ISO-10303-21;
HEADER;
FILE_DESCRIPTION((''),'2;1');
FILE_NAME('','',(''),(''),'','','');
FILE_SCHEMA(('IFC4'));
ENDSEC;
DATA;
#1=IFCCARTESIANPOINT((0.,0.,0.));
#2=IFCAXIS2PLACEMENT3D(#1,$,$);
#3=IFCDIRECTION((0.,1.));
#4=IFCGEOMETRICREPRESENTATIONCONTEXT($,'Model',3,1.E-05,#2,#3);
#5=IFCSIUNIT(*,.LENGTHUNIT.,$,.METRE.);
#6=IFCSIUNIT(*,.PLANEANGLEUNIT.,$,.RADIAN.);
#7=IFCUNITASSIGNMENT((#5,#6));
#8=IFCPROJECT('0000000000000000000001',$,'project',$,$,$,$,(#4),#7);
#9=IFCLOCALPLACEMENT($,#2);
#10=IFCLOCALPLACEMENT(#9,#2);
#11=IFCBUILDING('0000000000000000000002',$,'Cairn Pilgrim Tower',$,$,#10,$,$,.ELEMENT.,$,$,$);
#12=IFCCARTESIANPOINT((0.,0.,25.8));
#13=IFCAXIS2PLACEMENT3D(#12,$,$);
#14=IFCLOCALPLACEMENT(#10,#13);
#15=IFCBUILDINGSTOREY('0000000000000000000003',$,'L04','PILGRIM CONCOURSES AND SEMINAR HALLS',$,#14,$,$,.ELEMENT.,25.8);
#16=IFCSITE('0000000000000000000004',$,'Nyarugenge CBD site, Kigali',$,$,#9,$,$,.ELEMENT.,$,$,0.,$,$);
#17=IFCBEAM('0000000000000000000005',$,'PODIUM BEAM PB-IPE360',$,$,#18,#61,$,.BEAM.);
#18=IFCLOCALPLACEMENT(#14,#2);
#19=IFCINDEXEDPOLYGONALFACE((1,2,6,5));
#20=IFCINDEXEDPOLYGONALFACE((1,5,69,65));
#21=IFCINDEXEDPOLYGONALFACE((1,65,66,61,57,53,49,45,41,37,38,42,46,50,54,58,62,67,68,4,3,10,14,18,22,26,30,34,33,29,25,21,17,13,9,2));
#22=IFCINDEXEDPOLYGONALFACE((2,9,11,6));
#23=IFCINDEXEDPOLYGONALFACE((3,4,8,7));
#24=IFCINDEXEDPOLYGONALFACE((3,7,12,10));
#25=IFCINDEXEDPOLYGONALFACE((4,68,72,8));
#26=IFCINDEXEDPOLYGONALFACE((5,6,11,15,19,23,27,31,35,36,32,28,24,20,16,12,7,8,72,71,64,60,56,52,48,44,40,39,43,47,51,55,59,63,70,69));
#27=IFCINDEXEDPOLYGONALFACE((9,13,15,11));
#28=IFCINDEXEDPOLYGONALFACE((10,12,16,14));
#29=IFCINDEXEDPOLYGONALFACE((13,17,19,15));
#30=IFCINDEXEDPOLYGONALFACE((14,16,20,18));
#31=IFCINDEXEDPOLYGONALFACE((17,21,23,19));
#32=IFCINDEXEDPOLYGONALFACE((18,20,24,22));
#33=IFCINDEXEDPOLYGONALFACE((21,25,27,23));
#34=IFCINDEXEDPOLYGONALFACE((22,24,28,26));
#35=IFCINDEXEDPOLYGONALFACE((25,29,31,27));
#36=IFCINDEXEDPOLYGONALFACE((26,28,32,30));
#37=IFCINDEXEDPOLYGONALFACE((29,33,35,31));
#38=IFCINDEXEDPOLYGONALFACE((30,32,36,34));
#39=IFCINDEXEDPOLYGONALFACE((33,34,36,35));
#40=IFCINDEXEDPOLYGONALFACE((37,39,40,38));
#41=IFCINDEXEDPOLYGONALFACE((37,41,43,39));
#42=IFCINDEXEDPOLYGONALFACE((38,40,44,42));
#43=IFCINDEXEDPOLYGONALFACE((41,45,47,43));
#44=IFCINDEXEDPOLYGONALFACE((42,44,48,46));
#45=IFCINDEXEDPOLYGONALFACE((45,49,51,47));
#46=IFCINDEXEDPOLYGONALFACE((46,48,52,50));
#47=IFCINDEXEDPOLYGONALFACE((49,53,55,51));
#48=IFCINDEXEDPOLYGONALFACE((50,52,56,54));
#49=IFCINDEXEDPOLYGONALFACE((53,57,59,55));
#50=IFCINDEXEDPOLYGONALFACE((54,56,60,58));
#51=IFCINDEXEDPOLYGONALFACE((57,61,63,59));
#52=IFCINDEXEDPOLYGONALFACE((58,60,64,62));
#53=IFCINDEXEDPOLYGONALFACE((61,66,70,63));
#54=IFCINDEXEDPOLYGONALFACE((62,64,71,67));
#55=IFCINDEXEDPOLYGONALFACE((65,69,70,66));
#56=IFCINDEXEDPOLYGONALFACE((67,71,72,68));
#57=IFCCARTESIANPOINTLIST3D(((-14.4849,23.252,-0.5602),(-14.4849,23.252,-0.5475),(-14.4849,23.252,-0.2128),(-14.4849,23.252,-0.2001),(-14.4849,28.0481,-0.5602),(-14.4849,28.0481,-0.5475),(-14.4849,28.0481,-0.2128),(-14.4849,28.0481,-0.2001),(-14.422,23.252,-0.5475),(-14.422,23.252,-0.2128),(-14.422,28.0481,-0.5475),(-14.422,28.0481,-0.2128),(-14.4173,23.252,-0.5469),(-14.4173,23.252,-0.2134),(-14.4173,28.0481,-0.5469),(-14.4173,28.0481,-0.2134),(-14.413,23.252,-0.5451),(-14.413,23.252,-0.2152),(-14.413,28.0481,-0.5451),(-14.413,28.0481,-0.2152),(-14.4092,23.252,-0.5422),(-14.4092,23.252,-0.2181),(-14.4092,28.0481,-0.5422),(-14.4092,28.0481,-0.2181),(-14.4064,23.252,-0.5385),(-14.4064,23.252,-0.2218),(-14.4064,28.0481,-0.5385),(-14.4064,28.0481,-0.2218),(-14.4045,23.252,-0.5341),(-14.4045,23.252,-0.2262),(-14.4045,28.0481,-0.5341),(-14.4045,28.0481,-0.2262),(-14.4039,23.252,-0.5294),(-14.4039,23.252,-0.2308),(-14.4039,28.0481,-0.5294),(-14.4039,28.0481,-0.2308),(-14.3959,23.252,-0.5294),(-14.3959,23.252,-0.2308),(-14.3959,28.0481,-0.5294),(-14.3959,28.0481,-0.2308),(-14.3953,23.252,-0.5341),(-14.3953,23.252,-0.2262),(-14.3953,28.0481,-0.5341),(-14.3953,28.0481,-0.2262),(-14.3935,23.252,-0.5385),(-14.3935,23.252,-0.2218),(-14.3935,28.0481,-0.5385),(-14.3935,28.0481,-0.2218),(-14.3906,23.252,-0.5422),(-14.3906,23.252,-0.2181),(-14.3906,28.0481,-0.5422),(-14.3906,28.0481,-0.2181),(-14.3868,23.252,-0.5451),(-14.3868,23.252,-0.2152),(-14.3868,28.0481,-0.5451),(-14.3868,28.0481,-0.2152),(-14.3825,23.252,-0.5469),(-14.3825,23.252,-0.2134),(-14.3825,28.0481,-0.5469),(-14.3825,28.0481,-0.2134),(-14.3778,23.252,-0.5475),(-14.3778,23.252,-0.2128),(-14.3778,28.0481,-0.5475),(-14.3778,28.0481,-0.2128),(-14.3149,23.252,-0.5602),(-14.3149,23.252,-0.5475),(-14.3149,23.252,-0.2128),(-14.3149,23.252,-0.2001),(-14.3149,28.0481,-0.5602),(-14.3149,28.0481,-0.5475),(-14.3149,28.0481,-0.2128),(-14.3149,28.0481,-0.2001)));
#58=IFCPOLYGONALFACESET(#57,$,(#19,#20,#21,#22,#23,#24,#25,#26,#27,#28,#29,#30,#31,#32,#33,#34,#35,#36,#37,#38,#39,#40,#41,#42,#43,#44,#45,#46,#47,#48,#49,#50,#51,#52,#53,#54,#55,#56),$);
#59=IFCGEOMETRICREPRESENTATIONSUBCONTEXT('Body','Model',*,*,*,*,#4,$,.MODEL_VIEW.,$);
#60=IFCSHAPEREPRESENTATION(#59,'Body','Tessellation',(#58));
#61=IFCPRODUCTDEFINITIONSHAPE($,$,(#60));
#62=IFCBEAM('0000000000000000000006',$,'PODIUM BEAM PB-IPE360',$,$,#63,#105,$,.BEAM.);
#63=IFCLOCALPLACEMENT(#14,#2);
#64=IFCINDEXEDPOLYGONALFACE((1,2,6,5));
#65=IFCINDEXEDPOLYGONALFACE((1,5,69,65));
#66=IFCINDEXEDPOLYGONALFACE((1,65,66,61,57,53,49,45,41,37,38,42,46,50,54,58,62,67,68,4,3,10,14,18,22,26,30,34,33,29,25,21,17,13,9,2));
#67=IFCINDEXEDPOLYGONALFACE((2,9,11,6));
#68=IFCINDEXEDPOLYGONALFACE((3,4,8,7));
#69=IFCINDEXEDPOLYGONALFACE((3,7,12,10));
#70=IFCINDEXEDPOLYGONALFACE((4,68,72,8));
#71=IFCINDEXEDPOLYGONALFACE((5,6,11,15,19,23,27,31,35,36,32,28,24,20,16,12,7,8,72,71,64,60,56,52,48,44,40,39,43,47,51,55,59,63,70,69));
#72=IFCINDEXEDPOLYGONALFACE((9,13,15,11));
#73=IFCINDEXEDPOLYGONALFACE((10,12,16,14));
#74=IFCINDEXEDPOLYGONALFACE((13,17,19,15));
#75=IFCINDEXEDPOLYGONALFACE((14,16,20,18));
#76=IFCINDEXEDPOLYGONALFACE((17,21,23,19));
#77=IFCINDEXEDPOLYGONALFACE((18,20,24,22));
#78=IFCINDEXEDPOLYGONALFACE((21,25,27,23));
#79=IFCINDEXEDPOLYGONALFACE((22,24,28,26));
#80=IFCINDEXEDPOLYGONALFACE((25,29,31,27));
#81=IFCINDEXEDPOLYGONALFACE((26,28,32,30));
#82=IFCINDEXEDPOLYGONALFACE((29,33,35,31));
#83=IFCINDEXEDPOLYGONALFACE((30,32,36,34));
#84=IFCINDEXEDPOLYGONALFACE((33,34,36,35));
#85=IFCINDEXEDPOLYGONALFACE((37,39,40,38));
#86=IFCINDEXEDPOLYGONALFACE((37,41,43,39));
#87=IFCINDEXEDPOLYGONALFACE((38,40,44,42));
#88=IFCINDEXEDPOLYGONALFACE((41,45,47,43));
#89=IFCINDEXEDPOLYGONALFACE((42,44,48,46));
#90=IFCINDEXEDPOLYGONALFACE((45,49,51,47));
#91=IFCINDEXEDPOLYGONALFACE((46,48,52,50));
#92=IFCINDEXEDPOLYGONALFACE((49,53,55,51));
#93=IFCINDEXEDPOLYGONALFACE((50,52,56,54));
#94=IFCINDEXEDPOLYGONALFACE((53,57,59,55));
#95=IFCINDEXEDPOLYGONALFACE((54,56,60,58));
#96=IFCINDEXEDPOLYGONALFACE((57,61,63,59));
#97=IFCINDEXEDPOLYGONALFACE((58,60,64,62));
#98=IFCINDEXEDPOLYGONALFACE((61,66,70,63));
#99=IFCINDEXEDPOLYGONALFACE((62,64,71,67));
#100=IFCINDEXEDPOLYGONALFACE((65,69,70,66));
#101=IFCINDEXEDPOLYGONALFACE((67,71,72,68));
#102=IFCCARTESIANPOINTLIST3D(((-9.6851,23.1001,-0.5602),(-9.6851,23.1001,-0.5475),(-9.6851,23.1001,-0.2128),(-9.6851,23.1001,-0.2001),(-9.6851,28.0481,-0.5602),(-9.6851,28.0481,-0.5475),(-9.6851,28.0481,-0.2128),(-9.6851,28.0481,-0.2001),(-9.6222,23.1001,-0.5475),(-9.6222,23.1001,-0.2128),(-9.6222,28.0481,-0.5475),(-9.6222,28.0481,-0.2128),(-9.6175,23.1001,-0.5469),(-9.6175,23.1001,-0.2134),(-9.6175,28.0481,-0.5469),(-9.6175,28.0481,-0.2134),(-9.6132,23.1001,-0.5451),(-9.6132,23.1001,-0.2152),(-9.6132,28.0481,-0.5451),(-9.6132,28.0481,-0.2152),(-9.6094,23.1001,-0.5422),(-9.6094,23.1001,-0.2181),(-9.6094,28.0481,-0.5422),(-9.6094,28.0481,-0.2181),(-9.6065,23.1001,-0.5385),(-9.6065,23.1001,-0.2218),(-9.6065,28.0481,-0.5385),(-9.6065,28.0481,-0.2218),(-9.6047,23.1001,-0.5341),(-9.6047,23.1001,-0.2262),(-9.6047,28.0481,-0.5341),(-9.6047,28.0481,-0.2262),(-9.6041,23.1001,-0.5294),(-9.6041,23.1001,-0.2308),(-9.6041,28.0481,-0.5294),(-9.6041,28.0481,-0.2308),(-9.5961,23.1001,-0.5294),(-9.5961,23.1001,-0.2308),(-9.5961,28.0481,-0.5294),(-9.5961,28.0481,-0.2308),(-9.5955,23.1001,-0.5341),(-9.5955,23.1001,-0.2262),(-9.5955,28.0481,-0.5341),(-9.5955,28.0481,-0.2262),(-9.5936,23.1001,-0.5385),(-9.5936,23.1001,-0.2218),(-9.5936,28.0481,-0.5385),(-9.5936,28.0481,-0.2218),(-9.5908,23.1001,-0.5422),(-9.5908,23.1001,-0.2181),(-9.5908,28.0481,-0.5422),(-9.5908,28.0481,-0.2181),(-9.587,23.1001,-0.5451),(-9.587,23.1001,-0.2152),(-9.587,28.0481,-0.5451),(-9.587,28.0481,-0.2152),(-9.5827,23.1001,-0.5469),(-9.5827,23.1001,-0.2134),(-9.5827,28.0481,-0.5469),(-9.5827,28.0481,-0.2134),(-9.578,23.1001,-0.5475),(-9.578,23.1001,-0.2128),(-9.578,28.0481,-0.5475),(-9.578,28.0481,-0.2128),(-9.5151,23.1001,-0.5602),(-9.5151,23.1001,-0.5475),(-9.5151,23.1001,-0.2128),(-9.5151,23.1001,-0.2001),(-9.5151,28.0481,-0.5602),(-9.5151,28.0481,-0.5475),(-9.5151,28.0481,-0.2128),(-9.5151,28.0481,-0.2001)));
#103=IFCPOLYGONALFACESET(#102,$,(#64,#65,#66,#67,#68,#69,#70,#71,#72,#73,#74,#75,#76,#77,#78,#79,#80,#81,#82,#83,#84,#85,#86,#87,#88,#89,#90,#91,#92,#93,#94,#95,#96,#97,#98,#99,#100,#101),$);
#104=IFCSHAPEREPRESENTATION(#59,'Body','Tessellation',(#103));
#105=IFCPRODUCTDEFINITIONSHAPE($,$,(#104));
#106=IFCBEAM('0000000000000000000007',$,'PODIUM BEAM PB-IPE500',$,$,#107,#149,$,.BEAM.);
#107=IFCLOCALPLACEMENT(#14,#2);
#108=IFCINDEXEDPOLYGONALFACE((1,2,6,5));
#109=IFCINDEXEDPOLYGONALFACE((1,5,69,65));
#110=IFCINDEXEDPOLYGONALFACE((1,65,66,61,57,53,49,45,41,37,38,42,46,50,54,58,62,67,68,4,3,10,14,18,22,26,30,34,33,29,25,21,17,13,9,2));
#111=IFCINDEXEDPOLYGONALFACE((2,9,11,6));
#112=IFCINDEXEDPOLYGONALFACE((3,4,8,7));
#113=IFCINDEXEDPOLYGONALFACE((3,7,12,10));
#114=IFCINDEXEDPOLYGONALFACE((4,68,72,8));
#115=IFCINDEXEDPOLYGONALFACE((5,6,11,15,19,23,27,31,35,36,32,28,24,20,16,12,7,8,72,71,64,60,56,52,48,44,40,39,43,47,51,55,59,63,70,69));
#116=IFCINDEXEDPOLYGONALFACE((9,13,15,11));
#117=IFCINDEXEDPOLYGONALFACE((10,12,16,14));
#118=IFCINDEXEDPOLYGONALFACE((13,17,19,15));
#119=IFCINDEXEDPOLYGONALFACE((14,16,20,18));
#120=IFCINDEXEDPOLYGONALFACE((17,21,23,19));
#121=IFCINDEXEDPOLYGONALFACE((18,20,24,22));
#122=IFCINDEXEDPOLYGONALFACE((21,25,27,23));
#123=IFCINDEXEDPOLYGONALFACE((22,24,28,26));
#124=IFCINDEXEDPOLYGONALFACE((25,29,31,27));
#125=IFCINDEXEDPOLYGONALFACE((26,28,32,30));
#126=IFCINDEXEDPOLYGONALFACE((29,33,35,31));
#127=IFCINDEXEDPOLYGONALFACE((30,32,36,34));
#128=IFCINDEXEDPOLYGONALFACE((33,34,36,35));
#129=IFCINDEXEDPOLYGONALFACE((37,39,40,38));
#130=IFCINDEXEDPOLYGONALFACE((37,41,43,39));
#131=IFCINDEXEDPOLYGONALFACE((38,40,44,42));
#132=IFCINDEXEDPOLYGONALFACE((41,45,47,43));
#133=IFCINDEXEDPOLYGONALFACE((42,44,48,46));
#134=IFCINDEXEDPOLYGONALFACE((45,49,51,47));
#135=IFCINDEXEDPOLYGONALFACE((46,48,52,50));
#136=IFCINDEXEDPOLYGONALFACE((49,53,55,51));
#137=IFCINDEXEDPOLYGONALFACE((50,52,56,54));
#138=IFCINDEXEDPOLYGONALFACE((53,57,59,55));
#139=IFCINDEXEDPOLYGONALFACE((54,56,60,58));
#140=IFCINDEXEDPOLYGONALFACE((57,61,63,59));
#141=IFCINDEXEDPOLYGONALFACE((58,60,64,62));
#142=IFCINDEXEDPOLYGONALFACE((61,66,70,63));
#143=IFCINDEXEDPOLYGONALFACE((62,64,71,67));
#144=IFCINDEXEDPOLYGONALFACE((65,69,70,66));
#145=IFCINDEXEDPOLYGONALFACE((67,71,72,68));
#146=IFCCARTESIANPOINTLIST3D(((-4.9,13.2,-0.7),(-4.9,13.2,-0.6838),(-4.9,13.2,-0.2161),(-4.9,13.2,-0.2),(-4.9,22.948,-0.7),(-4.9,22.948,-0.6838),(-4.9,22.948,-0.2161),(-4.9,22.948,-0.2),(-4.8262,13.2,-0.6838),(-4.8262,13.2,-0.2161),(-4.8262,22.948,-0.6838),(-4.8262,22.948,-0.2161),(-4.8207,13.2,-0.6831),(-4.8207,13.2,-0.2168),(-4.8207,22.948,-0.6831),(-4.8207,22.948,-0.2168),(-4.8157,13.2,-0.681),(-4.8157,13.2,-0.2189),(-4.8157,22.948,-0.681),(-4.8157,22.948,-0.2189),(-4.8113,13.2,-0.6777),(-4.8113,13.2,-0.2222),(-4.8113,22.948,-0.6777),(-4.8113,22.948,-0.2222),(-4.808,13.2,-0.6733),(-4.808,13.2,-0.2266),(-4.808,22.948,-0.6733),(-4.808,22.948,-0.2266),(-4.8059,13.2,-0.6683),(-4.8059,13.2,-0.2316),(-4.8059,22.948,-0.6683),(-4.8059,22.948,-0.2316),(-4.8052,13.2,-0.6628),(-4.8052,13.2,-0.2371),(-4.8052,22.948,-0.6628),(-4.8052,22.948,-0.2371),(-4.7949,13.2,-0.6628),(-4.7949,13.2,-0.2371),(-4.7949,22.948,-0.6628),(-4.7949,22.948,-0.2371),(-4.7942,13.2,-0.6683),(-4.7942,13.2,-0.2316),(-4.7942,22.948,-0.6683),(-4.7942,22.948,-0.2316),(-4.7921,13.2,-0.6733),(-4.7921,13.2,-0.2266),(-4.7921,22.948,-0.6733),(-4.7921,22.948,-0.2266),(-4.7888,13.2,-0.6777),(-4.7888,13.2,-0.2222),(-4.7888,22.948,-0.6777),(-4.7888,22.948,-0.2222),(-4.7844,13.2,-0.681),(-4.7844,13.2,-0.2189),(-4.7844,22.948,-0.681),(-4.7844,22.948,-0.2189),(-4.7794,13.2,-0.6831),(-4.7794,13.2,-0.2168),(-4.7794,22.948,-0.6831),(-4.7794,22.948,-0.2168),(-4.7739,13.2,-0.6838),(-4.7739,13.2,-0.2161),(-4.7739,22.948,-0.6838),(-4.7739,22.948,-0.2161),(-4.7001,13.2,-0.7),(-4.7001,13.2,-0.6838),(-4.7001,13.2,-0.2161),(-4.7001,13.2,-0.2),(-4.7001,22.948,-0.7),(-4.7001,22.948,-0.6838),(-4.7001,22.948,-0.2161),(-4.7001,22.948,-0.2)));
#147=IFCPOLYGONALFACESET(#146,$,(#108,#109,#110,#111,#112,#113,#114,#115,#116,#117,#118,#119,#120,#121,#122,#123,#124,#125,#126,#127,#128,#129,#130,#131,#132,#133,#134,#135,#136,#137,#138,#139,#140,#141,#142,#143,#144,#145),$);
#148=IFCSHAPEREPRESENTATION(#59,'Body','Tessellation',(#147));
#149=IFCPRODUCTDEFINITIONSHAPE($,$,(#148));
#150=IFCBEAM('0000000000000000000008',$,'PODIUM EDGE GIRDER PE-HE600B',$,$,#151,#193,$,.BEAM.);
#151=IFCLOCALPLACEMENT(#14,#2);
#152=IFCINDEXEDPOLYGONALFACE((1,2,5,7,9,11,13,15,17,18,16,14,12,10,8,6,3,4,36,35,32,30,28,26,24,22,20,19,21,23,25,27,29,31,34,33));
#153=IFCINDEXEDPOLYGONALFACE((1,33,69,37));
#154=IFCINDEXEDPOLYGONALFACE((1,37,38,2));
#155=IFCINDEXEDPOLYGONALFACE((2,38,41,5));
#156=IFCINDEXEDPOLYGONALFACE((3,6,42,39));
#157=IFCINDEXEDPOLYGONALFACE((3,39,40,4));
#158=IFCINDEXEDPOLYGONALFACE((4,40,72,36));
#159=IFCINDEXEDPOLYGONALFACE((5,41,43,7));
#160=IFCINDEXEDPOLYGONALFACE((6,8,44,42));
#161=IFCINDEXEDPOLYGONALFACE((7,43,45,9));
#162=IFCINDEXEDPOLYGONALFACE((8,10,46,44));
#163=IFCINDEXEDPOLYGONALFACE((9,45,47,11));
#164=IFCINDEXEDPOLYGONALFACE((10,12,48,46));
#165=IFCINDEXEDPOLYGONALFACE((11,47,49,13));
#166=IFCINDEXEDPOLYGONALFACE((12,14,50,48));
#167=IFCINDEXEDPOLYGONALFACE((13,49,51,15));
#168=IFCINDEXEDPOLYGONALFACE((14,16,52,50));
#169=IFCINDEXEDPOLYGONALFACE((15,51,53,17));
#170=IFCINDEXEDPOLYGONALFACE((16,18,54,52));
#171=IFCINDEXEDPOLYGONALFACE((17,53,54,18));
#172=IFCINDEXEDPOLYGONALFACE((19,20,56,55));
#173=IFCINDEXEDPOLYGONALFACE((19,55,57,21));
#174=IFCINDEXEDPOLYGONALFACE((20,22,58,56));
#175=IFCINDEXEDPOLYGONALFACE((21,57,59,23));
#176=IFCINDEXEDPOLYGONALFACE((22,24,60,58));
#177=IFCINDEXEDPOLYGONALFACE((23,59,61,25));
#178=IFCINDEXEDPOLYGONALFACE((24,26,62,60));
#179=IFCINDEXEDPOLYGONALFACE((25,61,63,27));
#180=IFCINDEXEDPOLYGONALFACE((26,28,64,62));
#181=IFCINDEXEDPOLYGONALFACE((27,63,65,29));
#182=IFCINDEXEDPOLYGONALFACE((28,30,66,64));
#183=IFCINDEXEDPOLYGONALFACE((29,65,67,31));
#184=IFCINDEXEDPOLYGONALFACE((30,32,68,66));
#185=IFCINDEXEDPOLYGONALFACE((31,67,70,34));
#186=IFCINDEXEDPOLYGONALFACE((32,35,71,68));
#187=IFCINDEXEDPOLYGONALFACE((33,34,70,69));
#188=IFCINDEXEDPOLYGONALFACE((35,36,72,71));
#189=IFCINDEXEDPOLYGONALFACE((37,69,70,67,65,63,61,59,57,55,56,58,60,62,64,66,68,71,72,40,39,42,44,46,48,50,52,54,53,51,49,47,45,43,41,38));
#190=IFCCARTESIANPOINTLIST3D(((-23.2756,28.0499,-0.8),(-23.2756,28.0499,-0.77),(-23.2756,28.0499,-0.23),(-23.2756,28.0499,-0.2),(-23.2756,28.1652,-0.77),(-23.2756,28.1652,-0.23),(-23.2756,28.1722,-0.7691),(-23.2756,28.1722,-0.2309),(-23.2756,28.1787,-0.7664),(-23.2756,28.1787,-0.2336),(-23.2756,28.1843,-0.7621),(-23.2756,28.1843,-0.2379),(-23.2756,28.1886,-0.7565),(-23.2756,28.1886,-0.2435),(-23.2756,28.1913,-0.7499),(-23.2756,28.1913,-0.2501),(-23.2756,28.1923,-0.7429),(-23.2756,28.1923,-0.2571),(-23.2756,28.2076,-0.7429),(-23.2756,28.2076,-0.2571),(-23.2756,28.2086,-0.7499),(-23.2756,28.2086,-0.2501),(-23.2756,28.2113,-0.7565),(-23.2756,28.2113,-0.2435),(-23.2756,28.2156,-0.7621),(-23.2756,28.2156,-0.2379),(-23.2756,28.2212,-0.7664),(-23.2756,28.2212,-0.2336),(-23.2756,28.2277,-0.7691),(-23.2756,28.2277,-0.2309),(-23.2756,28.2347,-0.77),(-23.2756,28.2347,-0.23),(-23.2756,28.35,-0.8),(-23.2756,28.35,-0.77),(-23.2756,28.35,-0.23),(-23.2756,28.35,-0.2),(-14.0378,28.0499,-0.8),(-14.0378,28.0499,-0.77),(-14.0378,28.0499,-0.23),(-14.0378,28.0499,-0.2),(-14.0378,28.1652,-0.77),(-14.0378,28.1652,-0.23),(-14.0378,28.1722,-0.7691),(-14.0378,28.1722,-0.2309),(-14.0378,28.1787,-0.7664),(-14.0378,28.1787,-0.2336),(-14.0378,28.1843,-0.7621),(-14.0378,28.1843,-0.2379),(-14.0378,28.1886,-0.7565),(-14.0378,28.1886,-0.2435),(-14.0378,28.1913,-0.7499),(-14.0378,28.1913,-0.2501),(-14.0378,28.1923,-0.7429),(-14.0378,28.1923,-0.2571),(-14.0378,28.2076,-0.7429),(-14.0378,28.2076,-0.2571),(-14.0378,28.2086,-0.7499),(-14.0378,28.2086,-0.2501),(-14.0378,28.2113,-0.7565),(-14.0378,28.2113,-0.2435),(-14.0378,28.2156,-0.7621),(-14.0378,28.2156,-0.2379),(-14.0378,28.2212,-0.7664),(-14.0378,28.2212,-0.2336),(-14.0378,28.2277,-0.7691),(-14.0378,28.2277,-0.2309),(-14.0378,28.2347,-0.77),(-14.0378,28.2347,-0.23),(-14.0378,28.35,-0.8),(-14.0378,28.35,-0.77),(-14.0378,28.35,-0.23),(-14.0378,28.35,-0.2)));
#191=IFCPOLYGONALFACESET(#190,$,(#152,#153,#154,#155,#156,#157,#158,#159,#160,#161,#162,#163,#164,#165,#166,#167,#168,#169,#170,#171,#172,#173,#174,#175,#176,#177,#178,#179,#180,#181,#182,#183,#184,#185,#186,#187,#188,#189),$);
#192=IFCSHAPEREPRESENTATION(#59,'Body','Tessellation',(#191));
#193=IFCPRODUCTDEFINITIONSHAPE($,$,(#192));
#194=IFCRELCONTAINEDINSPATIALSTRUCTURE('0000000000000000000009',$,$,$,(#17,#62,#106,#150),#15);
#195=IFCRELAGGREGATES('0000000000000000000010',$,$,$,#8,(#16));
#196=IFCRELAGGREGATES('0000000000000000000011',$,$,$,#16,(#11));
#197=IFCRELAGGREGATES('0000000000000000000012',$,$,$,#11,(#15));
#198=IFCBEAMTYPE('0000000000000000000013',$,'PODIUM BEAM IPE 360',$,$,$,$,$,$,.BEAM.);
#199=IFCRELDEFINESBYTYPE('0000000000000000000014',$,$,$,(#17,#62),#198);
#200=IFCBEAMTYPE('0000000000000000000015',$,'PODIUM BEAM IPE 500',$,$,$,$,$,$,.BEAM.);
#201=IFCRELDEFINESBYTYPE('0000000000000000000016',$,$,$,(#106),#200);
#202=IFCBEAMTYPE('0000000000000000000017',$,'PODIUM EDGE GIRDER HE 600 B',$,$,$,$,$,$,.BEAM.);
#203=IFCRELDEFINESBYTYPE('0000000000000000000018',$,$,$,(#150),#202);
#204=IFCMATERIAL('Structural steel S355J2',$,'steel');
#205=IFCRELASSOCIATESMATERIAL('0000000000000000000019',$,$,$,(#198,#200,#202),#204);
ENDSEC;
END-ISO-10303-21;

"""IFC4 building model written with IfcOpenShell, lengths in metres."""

from ifc_helpers import new_model, si_unit, direction, frame, origin, origin_2d, place, context, subcontext, project, spatial, i_section, extrude, material, material_profile, profile_set, type_object, element, save


model = new_model("IFC4")

# Units and contexts
model_context = context("Model", 3, precision=1e-05, world=origin(), true_north=direction((0.0, 1.0)))
body_context = subcontext(model_context, "Body", "Model", "MODEL_VIEW")
ifc_project = project(units=[si_unit("LENGTHUNIT", "METRE"), si_unit("PLANEANGLEUNIT", "RADIAN")], contexts=[model_context])

# Site, building, storey
site_placement = place(None, origin())
site = spatial("IfcSite", under=ifc_project, at=site_placement, Name="Nyarugenge CBD site, Kigali", CompositionType="ELEMENT", RefElevation=0.0)
building_placement = place(site_placement, origin())
building = spatial("IfcBuilding", under=site, at=building_placement, Name="Cairn Pilgrim Tower", CompositionType="ELEMENT")
storey_placement = place(building_placement, frame((0.0, 0.0, 25.8)))
storey = spatial("IfcBuildingStorey", under=building, at=storey_placement, Name="L04", Description="PILGRIM CONCOURSES AND SEMINAR HALLS", CompositionType="ELEMENT", Elevation=25.8)

# Beams
ifc_material_1 = material(Name="Structural steel S355J2", Category="steel")
ifc_material_profile_1 = material_profile(ifc_material_1, i_section(OverallWidth=0.1699, OverallDepth=0.3601, WebThickness=0.0081, FlangeThickness=0.0127, FilletRadius=0.0181, at=origin_2d()), Name="IPE 360")
ifc_profile_set_1 = profile_set([ifc_material_profile_1], Name="Structural steel S355J2")
beam_type_1 = type_object("IfcBeamType", Name="PODIUM BEAM IPE 360", PredefinedType="BEAM", material=ifc_profile_set_1)
beam_1_placement = place(storey_placement, frame((-14.3999, 23.252, -0.3801), z_axis=(0.0, 1.0, 0.0), x_axis=(-1.0, 0.0, 0.0)))
element("IfcBeam", 1, at=beam_1_placement, inside=storey, type_object=beam_type_1, Name="PODIUM BEAM PB-IPE360", PredefinedType="BEAM", context=body_context, shape_type="SweptSolid", body=[
    extrude(i_section(OverallWidth=0.1699, OverallDepth=0.3601, WebThickness=0.0081, FlangeThickness=0.0127, FilletRadius=0.0181, at=origin_2d()), origin(), (0.0, 0.0, 1.0), 4.7961),
])
beam_2_placement = place(storey_placement, frame((-9.6001, 23.1001, -0.3801), z_axis=(0.0, 1.0, 0.0), x_axis=(-1.0, 0.0, 0.0)))
element("IfcBeam", 2, at=beam_2_placement, inside=storey, type_object=beam_type_1, Name="PODIUM BEAM PB-IPE360", PredefinedType="BEAM", context=body_context, shape_type="SweptSolid", body=[
    extrude(i_section(OverallWidth=0.1699, OverallDepth=0.3601, WebThickness=0.0081, FlangeThickness=0.0127, FilletRadius=0.0181, at=origin_2d()), origin(), (0.0, 0.0, 1.0), 4.948),
])
ifc_material_profile_2 = material_profile(ifc_material_1, i_section(OverallWidth=0.2, OverallDepth=0.5, WebThickness=0.0103, FlangeThickness=0.0161, FilletRadius=0.021, at=origin_2d()), Name="IPE 500")
ifc_profile_set_2 = profile_set([ifc_material_profile_2], Name="Structural steel S355J2")
beam_type_2 = type_object("IfcBeamType", Name="PODIUM BEAM IPE 500", PredefinedType="BEAM", material=ifc_profile_set_2)
beam_3_placement = place(storey_placement, frame((-4.8, 13.2, -0.45), z_axis=(0.0, 1.0, 0.0), x_axis=(-1.0, 0.0, 0.0)))
element("IfcBeam", 3, at=beam_3_placement, inside=storey, type_object=beam_type_2, Name="PODIUM BEAM PB-IPE500", PredefinedType="BEAM", context=body_context, shape_type="SweptSolid", body=[
    extrude(i_section(OverallWidth=0.2, OverallDepth=0.5, WebThickness=0.0103, FlangeThickness=0.0161, FilletRadius=0.021, at=origin_2d()), origin(), (0.0, 0.0, 1.0), 9.748),
])
ifc_material_profile_3 = material_profile(ifc_material_1, i_section(OverallWidth=0.3, OverallDepth=0.6001, WebThickness=0.0154, FlangeThickness=0.03, FilletRadius=0.0271, at=origin_2d()), Name="HEB 600")
ifc_profile_set_3 = profile_set([ifc_material_profile_3], Name="Structural steel S355J2")
beam_type_3 = type_object("IfcBeamType", Name="PODIUM EDGE GIRDER HE 600 B", PredefinedType="BEAM", material=ifc_profile_set_3)
beam_4_placement = place(storey_placement, frame((-14.0378, 28.2, -0.5), z_axis=(-1.0, 0.0, 0.0), x_axis=(0.0, -1.0, 0.0)))
element("IfcBeam", 4, at=beam_4_placement, inside=storey, type_object=beam_type_3, Name="PODIUM EDGE GIRDER PE-HE600B", PredefinedType="BEAM", context=body_context, shape_type="SweptSolid", body=[
    extrude(i_section(OverallWidth=0.3, OverallDepth=0.6001, WebThickness=0.0154, FlangeThickness=0.03, FilletRadius=0.0271, at=origin_2d()), origin(), (0.0, 0.0, 1.0), 9.2378),
])

save(model, "model.ifc")
